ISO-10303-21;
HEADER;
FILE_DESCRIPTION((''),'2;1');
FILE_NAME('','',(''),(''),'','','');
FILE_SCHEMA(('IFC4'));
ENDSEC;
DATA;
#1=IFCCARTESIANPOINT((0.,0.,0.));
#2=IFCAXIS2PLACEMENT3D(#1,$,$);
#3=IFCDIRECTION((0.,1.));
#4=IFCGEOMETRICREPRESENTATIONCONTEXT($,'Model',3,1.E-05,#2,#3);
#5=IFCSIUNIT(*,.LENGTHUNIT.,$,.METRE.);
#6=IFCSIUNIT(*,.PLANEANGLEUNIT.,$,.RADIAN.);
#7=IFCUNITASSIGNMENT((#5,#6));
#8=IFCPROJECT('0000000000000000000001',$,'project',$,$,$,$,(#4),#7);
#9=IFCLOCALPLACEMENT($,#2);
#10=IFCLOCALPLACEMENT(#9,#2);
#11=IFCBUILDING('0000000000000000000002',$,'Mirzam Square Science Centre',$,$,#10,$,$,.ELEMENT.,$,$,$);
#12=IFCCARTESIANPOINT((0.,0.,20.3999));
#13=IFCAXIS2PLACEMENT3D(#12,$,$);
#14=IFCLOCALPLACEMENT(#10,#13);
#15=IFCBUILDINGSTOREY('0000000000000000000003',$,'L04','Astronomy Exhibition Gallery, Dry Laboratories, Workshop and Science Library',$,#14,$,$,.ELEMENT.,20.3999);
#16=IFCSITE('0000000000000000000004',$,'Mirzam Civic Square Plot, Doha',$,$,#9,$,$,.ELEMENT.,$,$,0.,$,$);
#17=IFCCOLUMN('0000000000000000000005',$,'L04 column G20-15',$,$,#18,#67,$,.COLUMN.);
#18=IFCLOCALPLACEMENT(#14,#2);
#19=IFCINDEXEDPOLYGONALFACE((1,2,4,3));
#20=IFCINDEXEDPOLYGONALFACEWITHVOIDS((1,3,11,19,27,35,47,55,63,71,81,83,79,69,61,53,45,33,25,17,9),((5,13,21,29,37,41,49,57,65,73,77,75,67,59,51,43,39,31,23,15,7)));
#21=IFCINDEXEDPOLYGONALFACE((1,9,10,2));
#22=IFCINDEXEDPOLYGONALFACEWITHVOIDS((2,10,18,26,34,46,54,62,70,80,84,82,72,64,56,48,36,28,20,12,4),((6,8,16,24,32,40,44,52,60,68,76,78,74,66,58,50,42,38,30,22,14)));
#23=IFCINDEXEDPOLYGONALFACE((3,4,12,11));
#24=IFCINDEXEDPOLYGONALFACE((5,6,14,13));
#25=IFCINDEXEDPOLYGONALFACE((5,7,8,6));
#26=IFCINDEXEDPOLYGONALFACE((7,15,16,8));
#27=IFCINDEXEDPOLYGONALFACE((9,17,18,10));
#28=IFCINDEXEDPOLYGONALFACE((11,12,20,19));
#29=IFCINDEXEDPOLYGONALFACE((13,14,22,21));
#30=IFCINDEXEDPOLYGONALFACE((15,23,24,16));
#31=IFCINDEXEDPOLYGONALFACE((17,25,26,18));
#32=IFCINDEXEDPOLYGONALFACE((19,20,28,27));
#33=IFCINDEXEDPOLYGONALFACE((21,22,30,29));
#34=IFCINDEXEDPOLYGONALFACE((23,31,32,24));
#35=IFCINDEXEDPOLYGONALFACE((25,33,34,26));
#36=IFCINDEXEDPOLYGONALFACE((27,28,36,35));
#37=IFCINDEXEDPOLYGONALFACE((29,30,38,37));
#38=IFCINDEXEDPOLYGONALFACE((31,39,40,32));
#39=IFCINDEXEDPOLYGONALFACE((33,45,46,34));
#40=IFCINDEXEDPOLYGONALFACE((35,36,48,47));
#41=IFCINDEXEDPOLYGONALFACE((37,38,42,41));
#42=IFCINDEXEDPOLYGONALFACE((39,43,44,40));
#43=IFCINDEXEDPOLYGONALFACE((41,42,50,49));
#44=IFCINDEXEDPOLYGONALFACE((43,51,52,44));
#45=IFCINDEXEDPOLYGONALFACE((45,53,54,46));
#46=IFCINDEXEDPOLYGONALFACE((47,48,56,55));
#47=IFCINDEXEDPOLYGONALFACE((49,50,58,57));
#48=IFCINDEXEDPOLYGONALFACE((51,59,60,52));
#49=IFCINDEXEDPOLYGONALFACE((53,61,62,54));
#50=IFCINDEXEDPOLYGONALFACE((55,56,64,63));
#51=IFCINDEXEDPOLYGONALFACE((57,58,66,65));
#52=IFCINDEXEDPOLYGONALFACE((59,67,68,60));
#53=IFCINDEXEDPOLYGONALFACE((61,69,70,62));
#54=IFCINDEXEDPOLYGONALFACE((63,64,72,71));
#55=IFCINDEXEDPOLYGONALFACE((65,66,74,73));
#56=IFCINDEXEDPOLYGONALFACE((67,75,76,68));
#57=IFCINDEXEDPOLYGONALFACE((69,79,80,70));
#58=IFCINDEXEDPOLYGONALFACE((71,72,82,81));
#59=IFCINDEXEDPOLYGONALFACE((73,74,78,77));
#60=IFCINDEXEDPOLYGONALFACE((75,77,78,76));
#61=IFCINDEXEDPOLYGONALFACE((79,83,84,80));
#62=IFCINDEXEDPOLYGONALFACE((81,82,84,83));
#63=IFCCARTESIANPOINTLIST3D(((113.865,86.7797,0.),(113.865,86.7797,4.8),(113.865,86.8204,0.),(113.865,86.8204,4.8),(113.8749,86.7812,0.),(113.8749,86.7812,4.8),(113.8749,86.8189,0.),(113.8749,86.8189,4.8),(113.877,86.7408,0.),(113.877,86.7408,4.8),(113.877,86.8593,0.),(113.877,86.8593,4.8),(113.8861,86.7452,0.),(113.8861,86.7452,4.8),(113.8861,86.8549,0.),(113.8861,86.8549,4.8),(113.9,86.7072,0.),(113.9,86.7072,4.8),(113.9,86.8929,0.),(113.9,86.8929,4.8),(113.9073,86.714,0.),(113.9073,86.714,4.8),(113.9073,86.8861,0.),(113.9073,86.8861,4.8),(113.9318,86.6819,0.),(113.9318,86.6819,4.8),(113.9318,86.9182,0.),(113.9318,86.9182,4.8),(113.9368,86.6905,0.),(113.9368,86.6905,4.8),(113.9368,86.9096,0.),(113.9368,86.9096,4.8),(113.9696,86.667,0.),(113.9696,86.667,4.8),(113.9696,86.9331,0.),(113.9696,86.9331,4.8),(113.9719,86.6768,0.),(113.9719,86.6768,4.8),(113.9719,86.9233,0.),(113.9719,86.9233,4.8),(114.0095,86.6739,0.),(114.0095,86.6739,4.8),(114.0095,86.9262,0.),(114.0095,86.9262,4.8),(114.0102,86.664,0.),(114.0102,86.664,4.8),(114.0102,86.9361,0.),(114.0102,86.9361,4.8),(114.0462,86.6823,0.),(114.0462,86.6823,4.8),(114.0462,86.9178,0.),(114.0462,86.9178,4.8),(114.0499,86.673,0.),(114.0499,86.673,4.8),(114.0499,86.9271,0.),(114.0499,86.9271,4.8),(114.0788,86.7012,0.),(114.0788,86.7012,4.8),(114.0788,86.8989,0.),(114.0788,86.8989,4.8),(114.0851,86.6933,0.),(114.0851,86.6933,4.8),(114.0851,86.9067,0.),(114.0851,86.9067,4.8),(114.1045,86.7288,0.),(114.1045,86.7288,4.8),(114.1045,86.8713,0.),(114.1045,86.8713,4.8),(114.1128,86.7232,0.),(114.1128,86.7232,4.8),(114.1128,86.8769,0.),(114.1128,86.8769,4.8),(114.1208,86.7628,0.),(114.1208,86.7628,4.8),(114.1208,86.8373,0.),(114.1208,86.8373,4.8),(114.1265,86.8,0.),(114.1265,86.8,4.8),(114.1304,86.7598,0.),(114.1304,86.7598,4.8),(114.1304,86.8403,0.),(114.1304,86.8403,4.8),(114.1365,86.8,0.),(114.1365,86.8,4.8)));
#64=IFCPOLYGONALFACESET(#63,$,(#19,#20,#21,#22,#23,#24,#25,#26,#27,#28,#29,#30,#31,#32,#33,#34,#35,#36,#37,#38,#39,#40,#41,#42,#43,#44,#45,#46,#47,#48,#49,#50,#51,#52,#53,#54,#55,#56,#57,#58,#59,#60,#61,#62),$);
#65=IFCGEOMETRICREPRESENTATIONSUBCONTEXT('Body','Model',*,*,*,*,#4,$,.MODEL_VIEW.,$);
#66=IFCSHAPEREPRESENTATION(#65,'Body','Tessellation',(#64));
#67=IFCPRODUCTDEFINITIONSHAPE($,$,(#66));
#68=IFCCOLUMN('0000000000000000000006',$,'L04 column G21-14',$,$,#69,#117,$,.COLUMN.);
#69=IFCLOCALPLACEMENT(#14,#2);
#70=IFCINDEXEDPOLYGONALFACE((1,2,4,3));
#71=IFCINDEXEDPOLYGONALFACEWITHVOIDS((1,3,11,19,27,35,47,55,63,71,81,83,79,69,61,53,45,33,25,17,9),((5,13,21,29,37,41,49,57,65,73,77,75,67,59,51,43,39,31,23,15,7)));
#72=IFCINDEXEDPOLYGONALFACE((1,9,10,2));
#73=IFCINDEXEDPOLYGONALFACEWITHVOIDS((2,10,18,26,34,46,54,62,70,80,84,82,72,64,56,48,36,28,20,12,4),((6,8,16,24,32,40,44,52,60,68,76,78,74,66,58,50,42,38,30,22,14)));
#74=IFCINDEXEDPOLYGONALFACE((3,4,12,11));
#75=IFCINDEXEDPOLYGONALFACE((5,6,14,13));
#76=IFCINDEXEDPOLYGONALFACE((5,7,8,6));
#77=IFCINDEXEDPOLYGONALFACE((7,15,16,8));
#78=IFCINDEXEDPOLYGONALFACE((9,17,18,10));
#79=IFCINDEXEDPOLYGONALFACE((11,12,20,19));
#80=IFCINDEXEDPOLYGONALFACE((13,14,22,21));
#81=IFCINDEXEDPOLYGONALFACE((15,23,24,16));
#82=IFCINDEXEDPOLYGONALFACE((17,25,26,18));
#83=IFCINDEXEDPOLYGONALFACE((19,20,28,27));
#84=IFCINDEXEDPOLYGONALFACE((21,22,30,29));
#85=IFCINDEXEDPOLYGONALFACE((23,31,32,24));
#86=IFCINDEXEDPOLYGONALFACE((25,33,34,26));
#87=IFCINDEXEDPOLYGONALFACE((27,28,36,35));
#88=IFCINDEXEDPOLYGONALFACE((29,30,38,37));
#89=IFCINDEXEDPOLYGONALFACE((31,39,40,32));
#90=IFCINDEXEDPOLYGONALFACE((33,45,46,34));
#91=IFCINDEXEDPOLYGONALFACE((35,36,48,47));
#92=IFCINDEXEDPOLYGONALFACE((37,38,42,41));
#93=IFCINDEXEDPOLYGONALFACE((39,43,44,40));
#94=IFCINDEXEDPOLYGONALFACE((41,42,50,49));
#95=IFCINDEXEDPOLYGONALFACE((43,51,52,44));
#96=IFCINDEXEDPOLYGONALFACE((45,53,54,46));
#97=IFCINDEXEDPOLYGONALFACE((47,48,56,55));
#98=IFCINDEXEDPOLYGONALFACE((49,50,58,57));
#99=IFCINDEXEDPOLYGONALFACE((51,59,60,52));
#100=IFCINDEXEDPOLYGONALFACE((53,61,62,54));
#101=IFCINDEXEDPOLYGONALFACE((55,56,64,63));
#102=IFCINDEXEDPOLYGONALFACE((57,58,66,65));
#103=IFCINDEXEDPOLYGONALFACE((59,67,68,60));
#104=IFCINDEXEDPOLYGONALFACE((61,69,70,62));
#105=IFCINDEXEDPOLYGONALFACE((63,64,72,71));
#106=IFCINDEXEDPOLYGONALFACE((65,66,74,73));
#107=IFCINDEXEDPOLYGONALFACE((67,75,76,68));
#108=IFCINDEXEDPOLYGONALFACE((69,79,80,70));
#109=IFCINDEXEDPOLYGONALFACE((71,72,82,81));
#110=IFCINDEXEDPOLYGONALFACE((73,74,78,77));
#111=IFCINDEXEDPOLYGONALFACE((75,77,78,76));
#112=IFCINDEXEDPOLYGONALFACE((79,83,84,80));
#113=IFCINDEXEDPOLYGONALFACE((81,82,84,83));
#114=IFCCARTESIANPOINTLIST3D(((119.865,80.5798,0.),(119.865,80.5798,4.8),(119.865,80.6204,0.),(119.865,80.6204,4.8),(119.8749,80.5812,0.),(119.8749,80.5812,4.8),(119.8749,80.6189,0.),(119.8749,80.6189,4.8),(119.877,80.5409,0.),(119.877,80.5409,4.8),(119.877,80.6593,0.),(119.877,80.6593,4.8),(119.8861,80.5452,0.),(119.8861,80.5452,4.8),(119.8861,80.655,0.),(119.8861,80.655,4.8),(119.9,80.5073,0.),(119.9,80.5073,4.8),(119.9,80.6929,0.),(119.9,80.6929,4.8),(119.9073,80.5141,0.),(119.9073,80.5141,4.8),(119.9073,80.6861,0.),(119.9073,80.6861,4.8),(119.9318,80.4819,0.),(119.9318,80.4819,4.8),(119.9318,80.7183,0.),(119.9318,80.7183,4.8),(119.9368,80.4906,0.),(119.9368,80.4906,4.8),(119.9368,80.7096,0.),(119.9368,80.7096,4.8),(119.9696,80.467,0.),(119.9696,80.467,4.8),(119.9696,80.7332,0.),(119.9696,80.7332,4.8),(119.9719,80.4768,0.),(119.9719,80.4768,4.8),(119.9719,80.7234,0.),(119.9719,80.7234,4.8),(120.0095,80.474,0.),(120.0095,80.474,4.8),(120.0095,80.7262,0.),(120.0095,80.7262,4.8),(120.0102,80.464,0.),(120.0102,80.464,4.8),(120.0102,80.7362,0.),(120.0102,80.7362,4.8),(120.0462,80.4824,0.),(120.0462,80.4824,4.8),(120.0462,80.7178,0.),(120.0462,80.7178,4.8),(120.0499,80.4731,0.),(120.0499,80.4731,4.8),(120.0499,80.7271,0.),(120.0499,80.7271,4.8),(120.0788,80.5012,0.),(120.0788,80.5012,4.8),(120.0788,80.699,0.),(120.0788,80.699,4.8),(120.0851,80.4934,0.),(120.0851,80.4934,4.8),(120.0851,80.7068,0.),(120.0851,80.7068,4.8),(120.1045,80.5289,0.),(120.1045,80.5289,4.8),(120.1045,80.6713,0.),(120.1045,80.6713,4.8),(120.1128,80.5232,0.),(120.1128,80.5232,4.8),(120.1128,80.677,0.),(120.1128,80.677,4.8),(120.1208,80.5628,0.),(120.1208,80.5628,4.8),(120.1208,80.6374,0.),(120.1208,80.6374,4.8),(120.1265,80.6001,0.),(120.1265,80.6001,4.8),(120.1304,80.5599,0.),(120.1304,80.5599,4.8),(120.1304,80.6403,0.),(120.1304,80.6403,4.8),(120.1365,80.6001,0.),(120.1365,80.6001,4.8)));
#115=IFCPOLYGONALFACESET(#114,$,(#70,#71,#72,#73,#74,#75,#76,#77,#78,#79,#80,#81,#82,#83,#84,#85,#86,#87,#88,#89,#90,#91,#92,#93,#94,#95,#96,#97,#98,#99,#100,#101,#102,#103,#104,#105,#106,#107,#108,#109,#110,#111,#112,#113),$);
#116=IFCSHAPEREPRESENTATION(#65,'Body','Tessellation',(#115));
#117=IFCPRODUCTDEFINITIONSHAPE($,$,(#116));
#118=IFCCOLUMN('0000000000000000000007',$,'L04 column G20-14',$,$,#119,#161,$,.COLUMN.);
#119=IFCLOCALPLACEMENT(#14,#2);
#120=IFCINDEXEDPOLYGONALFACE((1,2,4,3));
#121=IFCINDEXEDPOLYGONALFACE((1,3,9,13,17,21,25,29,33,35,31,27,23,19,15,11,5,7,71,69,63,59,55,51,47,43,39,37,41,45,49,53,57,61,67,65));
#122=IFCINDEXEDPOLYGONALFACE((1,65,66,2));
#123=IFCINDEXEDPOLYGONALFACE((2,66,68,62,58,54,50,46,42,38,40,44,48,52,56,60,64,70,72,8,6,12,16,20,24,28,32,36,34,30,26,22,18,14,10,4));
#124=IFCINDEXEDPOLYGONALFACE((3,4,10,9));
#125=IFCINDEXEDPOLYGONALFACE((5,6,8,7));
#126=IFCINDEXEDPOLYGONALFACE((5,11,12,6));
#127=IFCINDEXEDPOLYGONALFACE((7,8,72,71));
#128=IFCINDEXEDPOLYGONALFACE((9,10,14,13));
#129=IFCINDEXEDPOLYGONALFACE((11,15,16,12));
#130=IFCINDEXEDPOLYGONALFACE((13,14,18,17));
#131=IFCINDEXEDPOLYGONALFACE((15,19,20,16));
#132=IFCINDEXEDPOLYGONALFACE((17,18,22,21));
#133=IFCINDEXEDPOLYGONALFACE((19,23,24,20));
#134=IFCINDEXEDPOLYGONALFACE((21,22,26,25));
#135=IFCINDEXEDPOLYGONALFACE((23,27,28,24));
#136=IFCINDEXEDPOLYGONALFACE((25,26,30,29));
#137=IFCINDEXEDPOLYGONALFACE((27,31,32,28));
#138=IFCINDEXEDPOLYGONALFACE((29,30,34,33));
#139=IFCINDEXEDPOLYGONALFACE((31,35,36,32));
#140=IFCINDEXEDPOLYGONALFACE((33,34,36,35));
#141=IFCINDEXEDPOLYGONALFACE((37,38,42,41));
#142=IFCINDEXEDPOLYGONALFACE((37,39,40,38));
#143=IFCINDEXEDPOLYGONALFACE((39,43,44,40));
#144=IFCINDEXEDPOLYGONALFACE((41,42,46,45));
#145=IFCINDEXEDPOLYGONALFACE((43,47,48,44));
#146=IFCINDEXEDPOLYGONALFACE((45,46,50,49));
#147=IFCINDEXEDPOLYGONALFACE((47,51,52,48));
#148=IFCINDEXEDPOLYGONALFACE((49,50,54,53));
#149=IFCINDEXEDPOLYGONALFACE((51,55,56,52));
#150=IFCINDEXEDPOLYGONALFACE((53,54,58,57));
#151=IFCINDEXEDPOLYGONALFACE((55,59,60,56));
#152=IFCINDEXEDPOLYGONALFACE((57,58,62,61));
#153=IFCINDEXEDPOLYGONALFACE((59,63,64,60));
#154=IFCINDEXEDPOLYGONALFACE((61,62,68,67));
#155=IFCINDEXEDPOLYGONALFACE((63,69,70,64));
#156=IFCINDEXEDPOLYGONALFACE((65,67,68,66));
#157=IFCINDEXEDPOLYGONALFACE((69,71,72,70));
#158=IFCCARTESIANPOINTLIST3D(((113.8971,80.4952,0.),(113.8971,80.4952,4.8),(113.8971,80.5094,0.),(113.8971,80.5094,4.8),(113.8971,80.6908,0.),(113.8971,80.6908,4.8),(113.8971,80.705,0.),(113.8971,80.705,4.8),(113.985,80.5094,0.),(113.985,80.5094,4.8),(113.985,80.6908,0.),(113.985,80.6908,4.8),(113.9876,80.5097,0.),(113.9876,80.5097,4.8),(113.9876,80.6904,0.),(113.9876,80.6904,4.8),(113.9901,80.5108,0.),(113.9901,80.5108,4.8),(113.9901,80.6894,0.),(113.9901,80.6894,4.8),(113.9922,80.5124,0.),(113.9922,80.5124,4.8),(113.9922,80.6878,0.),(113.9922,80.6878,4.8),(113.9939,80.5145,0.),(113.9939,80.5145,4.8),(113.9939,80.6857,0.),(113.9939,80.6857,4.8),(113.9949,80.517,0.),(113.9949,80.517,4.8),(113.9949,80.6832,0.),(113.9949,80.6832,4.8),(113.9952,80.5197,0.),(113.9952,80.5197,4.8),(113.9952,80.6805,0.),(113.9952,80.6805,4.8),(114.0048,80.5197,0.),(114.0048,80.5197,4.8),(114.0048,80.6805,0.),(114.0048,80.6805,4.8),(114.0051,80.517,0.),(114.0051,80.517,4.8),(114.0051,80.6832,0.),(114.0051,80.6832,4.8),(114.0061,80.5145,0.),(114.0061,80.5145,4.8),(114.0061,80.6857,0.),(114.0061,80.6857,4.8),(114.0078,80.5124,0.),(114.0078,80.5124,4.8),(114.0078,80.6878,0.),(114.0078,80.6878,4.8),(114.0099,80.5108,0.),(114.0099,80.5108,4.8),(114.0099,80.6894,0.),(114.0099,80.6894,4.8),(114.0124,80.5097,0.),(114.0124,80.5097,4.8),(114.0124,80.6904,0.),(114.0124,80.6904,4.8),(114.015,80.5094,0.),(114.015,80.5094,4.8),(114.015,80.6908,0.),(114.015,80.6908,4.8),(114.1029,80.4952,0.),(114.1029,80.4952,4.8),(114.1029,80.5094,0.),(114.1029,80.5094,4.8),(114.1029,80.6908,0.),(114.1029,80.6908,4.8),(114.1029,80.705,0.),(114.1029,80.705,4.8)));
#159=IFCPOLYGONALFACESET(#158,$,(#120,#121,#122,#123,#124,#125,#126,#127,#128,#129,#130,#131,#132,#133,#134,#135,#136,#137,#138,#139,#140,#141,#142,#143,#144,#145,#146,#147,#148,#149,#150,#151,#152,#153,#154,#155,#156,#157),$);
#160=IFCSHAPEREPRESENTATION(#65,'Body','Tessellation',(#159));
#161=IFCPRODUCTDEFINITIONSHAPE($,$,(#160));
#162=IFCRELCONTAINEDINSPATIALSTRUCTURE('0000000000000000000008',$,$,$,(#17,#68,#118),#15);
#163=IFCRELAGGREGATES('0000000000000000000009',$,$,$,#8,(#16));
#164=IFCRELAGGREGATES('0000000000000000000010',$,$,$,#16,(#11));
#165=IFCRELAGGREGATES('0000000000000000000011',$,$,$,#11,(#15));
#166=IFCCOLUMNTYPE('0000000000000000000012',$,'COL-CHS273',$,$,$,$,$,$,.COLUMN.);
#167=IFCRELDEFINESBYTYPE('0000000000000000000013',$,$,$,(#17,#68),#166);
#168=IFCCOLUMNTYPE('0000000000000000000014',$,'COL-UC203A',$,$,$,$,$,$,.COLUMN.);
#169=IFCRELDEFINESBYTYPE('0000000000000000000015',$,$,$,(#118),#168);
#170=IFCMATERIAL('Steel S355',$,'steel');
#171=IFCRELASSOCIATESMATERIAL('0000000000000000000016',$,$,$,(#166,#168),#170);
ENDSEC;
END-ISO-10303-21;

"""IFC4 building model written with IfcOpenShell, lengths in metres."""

from ifc_helpers import new_model, si_unit, direction, frame, origin, origin_2d, place, context, subcontext, project, spatial, hollow_circle, i_section, extrude, material, material_profile, profile_set, type_object, element, save


model = new_model("IFC4")

# Units and contexts
model_context = context("Model", 3, precision=1e-05, world=origin(), true_north=direction((0.0, 1.0)))
body_context = subcontext(model_context, "Body", "Model", "MODEL_VIEW")
ifc_project = project(units=[si_unit("LENGTHUNIT", "METRE"), si_unit("PLANEANGLEUNIT", "RADIAN")], contexts=[model_context])

# Site, building, storey
site_placement = place(None, origin())
site = spatial("IfcSite", under=ifc_project, at=site_placement, Name="Mirzam Civic Square Plot, Doha", CompositionType="ELEMENT", RefElevation=0.0)
building_placement = place(site_placement, origin())
building = spatial("IfcBuilding", under=site, at=building_placement, Name="Mirzam Square Science Centre", CompositionType="ELEMENT")
storey_placement = place(building_placement, frame((0.0, 0.0, 20.3999)))
storey = spatial("IfcBuildingStorey", under=building, at=storey_placement, Name="L04", Description="Astronomy Exhibition Gallery, Dry Laboratories, Workshop and Science Library", CompositionType="ELEMENT", Elevation=20.3999)

# Columns
ifc_material_1 = material(Name="Steel S355", Category="steel")
ifc_material_profile_1 = material_profile(ifc_material_1, hollow_circle(Radius=0.1365, WallThickness=0.01, at=origin_2d()), Name="273.0x10.0CHS")
ifc_profile_set_1 = profile_set([ifc_material_profile_1], Name="Steel S355")
column_type_1 = type_object("IfcColumnType", Name="COL-CHS273", PredefinedType="COLUMN", material=ifc_profile_set_1)
for number, where, z_axis, x_axis, name in (
    (1, (114.0, 86.8, 0.0), (0.0, 0.0, 1.0), (1.0, 0.0, 0.0), "L04 column G20-15"),
    (2, (120.0, 80.6001, 0.0), (0.0, 0.0, 1.0), (1.0, 0.0, 0.0), "L04 column G21-14"),
):
    element("IfcColumn", number, at=place(storey_placement, frame(where, z_axis=z_axis, x_axis=x_axis)), inside=storey, type_object=column_type_1, Name=name, PredefinedType="COLUMN", context=body_context, shape_type="SweptSolid", body=[
        extrude(hollow_circle(Radius=0.1365, WallThickness=0.01, at=origin_2d()), origin(), (0.0, 0.0, 1.0), 4.8),
    ])
ifc_material_profile_2 = material_profile(ifc_material_1, i_section(OverallWidth=0.2058, OverallDepth=0.2097, WebThickness=0.0095, FlangeThickness=0.0142, FilletRadius=0.0103, at=origin_2d()), Name="203x203x60UC")
ifc_profile_set_2 = profile_set([ifc_material_profile_2], Name="Steel S355")
column_type_2 = type_object("IfcColumnType", Name="COL-UC203A", PredefinedType="COLUMN", material=ifc_profile_set_2)
column_placement = place(storey_placement, frame((114.0, 80.6001, 0.0), z_axis=(0.0, 0.0, 1.0), x_axis=(1.0, 0.0, 0.0)))
element("IfcColumn", 3, at=column_placement, inside=storey, type_object=column_type_2, Name="L04 column G20-14", PredefinedType="COLUMN", context=body_context, shape_type="SweptSolid", body=[
    extrude(i_section(OverallWidth=0.2058, OverallDepth=0.2097, WebThickness=0.0095, FlangeThickness=0.0142, FilletRadius=0.0103, at=origin_2d()), origin(), (0.0, 0.0, 1.0), 4.8),
])

save(model, "model.ifc")
